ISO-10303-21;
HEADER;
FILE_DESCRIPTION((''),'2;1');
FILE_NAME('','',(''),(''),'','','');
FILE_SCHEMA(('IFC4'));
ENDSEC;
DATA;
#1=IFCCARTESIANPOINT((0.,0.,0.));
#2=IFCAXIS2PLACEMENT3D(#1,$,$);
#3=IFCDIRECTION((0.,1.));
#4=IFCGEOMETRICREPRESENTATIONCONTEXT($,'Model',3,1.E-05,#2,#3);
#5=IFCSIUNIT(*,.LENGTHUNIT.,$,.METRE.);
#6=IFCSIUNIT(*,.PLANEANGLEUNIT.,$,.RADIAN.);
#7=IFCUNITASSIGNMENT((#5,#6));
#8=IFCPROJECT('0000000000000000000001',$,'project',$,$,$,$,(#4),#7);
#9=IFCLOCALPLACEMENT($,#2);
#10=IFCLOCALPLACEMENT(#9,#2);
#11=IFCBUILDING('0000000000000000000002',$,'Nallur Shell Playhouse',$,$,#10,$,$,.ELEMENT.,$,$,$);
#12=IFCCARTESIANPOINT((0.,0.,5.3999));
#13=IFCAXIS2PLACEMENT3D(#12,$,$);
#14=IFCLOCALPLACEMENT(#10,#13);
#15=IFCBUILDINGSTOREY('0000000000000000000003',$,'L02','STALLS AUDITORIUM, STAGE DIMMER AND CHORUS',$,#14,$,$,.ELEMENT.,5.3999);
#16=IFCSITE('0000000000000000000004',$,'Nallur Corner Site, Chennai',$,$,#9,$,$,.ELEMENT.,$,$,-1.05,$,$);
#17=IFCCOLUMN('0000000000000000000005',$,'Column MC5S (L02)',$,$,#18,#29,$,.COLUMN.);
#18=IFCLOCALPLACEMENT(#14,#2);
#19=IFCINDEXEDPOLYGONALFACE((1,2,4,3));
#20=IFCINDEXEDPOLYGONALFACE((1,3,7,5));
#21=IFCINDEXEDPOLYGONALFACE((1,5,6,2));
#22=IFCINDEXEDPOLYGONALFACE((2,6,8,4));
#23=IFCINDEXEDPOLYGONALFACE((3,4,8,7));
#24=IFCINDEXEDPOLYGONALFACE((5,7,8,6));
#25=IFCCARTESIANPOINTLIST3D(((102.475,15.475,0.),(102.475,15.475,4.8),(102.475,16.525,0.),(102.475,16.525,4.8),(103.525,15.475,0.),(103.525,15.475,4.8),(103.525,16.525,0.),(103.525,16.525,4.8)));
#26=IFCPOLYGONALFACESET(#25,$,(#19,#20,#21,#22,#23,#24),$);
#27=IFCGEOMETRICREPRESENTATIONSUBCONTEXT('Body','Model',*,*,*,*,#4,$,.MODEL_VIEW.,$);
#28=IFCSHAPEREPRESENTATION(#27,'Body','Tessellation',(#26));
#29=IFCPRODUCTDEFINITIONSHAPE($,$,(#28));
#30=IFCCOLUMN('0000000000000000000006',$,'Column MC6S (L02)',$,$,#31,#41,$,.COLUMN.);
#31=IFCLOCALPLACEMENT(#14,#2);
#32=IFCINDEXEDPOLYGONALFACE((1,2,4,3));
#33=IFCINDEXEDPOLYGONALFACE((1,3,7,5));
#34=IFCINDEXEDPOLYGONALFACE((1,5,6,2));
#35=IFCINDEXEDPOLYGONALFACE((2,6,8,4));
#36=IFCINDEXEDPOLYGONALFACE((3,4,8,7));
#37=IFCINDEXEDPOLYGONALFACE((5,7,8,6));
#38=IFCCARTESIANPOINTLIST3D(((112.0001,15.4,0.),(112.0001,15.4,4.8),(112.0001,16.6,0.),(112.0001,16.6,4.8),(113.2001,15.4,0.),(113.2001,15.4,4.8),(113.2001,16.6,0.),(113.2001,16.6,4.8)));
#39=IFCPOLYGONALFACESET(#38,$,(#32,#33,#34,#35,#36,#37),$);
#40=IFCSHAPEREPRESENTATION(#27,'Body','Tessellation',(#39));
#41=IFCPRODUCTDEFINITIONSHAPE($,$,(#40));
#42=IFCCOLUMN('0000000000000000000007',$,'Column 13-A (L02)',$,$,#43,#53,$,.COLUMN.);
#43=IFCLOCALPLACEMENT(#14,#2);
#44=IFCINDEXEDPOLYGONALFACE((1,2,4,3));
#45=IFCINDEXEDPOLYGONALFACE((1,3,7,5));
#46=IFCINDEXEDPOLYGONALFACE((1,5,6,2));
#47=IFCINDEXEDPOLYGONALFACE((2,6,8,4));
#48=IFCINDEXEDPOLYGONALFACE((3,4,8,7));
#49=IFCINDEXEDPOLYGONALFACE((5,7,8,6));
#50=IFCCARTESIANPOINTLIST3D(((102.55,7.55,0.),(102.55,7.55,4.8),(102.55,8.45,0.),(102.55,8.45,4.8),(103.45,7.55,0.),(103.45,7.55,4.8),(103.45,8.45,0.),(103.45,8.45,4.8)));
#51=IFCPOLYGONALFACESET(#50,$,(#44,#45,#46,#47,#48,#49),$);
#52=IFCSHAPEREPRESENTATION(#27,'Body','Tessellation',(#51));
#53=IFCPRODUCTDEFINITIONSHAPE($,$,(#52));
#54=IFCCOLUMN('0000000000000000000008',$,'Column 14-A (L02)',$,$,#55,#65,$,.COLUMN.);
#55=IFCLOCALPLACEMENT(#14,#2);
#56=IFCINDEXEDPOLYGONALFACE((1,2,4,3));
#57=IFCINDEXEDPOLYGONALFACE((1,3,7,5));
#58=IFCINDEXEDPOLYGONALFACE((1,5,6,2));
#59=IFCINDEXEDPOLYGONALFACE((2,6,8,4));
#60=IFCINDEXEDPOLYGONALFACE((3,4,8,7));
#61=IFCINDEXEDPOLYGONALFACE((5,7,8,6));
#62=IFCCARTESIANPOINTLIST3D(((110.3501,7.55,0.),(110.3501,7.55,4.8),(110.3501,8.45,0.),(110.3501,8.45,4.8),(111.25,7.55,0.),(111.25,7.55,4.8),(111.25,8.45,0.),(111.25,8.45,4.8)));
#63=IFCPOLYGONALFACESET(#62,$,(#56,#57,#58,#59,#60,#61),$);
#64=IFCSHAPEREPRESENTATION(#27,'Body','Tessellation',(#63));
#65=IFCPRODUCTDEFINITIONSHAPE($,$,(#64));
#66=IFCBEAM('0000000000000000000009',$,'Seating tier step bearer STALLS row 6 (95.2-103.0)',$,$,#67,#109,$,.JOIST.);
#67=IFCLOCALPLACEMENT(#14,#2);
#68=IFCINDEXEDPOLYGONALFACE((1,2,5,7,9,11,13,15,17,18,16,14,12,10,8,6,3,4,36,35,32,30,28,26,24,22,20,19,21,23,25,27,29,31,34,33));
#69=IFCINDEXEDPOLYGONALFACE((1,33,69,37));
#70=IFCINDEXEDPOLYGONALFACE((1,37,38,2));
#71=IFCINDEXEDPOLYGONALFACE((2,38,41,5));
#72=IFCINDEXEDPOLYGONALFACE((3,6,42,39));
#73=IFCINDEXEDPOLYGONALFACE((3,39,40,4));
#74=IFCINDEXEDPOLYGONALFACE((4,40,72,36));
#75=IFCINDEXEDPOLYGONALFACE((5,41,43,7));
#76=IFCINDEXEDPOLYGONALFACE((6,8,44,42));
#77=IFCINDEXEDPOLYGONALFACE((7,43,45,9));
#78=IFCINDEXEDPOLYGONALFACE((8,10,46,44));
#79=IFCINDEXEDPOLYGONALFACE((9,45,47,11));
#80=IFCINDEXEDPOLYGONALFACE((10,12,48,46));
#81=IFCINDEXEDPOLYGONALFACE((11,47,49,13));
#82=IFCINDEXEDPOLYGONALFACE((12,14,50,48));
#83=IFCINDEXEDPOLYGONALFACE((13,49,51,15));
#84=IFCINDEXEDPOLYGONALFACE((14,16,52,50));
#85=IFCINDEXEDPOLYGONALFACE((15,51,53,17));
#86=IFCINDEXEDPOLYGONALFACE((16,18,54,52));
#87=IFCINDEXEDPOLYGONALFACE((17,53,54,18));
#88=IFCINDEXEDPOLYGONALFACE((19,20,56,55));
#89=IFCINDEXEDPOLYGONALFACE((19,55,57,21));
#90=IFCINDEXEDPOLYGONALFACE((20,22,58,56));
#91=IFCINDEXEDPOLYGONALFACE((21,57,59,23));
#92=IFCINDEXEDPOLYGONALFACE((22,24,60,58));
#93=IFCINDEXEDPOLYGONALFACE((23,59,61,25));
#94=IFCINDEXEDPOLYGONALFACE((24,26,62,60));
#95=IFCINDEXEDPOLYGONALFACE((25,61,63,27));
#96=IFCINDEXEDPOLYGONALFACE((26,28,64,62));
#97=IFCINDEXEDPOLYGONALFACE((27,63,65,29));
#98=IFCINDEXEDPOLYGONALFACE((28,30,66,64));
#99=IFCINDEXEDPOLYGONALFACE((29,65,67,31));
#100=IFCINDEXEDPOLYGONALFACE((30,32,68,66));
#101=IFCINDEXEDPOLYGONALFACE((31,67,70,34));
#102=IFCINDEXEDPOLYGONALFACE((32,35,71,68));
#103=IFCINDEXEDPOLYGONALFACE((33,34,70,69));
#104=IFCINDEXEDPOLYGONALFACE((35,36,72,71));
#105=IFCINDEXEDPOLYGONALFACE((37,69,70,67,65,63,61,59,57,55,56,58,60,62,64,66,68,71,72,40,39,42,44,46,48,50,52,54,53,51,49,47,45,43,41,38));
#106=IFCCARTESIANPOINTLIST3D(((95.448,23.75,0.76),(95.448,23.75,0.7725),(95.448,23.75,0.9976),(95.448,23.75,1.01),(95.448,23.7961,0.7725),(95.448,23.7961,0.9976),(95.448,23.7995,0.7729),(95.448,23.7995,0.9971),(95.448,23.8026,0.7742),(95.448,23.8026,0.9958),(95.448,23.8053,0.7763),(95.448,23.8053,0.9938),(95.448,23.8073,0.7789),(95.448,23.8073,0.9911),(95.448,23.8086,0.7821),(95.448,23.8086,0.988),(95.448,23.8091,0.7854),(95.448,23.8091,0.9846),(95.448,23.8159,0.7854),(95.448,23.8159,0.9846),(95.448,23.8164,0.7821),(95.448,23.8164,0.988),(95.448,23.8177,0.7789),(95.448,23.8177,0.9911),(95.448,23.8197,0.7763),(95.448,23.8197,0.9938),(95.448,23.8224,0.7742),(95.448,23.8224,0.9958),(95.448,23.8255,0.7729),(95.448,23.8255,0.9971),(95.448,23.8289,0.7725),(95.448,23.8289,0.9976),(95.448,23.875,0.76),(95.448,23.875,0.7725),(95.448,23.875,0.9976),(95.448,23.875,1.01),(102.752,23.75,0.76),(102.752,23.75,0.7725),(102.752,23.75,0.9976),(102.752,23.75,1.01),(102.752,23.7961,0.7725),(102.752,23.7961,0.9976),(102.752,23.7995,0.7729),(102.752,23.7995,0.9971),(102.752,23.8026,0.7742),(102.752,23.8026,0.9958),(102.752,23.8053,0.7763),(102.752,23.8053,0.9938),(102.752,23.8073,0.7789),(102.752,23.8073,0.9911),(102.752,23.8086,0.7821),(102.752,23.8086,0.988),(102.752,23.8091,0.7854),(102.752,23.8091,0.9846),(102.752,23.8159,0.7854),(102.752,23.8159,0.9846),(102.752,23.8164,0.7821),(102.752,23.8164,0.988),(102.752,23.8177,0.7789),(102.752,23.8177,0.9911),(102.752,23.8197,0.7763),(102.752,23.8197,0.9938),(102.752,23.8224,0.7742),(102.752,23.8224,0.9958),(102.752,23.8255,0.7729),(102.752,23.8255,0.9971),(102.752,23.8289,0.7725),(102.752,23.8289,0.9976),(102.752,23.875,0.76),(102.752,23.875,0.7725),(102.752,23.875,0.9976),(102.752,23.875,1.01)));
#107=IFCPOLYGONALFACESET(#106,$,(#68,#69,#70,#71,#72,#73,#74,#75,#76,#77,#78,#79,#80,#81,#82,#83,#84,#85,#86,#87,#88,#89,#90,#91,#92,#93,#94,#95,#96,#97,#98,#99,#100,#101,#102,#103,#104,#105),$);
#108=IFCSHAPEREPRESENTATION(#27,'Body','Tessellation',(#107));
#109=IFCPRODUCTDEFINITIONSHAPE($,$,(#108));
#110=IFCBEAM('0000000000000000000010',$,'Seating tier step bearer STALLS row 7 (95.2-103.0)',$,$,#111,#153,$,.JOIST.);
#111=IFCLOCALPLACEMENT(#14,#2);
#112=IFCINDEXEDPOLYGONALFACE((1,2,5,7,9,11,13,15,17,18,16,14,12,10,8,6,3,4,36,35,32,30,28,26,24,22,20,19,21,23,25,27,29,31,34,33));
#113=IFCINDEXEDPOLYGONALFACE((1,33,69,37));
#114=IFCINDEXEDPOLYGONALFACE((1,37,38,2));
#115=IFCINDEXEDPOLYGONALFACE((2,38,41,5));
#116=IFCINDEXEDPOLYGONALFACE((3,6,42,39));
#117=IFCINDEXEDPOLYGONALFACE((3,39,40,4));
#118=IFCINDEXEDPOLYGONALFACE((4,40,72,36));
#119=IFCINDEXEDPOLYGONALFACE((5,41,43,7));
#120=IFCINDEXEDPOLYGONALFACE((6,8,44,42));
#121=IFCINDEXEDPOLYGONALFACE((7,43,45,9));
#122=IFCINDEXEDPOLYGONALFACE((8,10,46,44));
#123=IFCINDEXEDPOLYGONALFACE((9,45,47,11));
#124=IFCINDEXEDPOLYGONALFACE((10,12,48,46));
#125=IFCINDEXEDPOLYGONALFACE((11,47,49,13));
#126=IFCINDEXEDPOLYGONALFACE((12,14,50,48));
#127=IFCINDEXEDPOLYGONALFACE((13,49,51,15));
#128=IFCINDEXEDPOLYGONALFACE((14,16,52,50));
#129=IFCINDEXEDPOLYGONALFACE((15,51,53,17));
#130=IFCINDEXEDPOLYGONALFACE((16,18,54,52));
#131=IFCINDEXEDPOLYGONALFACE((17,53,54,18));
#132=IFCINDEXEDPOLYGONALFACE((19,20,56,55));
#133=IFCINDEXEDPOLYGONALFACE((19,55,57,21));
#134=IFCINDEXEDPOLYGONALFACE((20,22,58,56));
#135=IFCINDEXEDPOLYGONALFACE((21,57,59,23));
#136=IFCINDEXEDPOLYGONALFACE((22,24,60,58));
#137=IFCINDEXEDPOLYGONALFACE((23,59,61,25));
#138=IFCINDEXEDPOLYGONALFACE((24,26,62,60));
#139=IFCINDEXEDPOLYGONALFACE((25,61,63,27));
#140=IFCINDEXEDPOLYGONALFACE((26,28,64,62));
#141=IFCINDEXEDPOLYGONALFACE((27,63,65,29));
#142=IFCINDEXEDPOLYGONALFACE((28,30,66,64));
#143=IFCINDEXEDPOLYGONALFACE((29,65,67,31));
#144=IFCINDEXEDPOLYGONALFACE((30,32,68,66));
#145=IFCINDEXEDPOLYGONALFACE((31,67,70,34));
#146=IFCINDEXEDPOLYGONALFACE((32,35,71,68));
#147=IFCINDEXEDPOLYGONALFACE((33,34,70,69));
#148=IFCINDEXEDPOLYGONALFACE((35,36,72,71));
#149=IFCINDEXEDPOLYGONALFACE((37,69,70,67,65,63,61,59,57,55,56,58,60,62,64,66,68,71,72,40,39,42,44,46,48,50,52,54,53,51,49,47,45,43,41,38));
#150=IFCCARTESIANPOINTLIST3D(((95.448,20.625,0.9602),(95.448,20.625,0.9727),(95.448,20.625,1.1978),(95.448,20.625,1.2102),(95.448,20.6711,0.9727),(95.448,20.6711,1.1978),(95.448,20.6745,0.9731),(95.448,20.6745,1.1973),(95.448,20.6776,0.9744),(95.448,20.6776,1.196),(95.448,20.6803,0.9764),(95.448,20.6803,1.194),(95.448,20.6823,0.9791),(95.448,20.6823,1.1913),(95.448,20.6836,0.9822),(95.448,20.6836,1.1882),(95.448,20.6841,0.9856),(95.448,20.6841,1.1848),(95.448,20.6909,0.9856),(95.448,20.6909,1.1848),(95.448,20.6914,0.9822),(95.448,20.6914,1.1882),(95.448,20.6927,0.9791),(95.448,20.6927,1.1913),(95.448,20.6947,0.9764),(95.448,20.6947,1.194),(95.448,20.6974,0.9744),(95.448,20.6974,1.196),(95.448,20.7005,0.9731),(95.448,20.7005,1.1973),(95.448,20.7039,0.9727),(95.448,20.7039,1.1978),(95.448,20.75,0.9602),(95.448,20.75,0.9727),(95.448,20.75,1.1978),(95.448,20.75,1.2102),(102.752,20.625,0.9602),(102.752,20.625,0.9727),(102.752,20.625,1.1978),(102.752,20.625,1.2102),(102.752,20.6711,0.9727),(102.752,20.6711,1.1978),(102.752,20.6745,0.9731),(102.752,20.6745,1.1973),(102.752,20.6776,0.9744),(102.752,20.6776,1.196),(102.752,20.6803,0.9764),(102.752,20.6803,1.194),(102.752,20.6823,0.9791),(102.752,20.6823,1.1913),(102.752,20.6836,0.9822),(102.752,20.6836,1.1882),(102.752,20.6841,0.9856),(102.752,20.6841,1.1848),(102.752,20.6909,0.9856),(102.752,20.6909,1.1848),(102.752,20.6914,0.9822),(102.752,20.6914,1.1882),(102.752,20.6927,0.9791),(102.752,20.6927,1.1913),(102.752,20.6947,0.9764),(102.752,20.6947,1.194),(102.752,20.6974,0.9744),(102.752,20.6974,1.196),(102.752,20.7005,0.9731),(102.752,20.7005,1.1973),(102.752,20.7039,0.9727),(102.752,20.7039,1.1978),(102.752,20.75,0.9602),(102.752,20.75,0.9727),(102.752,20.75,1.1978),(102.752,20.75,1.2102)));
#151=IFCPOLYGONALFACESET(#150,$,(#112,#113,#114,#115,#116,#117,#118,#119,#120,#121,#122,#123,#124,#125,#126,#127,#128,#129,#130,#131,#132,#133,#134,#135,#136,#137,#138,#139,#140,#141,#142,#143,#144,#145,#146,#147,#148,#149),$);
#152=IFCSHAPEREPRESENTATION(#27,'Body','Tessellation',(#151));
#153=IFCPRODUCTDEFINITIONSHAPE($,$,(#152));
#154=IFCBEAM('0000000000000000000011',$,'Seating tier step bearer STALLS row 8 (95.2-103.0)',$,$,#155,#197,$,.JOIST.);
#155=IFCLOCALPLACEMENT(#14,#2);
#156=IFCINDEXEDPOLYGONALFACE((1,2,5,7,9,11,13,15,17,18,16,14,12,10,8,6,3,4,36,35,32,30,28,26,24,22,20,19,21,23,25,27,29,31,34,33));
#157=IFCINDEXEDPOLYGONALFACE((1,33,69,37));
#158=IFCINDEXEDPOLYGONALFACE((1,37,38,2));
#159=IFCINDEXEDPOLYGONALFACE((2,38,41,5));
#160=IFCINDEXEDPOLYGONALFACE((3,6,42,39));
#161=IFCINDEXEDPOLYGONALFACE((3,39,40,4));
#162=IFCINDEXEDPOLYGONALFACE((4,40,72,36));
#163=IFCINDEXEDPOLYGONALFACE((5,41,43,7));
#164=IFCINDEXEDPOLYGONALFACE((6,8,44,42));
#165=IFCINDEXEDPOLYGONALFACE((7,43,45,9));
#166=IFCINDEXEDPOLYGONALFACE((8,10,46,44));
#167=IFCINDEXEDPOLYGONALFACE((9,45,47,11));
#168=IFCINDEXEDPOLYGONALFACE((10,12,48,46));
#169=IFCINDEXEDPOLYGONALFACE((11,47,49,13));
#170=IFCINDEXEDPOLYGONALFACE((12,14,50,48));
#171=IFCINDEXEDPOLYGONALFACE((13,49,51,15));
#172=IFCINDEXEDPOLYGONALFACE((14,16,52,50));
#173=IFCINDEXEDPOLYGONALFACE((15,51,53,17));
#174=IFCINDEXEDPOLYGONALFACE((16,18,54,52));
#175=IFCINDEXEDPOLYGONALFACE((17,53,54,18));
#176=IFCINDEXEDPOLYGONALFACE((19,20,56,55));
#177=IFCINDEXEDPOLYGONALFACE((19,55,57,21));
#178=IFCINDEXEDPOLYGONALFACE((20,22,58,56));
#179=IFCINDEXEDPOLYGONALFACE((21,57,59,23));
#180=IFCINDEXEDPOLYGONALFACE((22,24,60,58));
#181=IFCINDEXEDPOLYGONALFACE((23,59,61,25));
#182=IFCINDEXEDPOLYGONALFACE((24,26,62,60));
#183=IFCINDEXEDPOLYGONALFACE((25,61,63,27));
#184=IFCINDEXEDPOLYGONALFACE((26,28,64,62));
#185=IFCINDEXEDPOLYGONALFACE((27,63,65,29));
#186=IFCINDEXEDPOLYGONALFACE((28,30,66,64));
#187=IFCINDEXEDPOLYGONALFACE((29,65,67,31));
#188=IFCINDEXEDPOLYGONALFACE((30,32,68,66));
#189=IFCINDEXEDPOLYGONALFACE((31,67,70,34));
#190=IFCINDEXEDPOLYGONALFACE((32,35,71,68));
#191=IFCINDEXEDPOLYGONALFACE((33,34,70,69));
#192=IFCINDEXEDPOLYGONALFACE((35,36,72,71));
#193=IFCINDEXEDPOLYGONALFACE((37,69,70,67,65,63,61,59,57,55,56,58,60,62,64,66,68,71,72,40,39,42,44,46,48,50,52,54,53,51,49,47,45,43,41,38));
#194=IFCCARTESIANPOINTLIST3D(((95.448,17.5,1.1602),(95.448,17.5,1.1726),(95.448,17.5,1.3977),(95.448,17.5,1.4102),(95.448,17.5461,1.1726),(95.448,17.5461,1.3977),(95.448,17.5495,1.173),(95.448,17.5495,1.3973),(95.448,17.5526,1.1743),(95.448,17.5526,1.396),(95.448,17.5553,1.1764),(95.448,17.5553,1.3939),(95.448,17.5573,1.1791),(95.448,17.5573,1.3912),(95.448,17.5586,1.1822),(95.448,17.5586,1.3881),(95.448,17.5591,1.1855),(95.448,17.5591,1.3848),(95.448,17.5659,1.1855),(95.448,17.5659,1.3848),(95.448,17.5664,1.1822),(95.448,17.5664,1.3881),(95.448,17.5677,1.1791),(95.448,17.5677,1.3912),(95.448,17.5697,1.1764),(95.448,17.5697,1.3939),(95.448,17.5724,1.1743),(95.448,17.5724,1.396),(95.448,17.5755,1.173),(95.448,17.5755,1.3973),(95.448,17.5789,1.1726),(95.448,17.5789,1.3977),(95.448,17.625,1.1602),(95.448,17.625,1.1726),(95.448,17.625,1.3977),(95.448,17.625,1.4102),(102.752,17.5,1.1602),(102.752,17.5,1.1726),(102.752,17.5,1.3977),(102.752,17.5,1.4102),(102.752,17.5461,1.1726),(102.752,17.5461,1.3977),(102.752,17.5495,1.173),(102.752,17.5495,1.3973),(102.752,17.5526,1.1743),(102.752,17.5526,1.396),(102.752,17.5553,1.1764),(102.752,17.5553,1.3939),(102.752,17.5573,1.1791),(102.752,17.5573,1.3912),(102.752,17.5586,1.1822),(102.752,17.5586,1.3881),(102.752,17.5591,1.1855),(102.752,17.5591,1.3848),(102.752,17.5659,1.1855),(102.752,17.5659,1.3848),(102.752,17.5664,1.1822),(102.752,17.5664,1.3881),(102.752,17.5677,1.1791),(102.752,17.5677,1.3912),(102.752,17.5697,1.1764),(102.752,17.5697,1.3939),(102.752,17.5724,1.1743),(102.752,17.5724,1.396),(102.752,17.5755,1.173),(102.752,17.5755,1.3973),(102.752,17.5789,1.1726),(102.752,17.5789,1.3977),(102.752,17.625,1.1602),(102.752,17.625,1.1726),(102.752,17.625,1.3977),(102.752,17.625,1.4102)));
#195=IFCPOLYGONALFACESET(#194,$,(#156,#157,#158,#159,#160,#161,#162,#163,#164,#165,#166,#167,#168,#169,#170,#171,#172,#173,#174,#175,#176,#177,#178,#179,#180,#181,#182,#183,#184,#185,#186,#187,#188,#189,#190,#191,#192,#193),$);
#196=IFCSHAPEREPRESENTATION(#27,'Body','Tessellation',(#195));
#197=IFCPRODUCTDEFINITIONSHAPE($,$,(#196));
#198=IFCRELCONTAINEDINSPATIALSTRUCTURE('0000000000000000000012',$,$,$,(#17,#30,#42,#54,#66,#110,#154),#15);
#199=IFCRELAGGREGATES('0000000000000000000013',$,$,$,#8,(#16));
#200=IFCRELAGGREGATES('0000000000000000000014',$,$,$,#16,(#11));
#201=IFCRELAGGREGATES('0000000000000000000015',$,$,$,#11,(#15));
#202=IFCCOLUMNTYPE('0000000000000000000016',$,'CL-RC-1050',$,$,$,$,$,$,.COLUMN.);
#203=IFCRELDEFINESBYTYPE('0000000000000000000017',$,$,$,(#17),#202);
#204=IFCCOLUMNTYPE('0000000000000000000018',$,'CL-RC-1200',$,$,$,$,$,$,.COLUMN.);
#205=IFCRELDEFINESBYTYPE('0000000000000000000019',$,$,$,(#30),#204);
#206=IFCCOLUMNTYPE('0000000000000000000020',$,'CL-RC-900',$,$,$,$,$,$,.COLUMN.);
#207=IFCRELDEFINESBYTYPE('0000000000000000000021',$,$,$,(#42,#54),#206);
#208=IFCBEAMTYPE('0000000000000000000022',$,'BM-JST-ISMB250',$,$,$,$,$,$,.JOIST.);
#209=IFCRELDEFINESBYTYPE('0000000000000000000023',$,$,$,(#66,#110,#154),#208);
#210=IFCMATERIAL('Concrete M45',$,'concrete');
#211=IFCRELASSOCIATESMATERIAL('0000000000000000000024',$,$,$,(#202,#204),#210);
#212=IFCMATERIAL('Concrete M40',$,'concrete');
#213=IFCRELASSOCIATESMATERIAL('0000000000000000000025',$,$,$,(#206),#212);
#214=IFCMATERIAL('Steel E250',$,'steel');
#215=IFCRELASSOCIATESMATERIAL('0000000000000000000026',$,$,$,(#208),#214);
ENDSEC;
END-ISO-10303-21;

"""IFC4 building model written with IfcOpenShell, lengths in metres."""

from ifc_helpers import new_model, si_unit, direction, frame, origin, origin_2d, place, context, subcontext, project, spatial, rectangle, i_section, extrude, material, material_profile, profile_set, type_object, element, save


model = new_model("IFC4")

# Units and contexts
model_context = context("Model", 3, precision=1e-05, world=origin(), true_north=direction((0.0, 1.0)))
body_context = subcontext(model_context, "Body", "Model", "MODEL_VIEW")
ifc_project = project(units=[si_unit("LENGTHUNIT", "METRE"), si_unit("PLANEANGLEUNIT", "RADIAN")], contexts=[model_context])

# Site, building, storey
site_placement = place(None, origin())
site = spatial("IfcSite", under=ifc_project, at=site_placement, Name="Nallur Corner Site, Chennai", CompositionType="ELEMENT", RefElevation=-1.05)
building_placement = place(site_placement, origin())
building = spatial("IfcBuilding", under=site, at=building_placement, Name="Nallur Shell Playhouse", CompositionType="ELEMENT")
storey_placement = place(building_placement, frame((0.0, 0.0, 5.3999)))
storey = spatial("IfcBuildingStorey", under=building, at=storey_placement, Name="L02", Description="STALLS AUDITORIUM, STAGE DIMMER AND CHORUS", CompositionType="ELEMENT", Elevation=5.3999)

# Columns
ifc_material_1 = material(Name="Concrete M45", Category="concrete")
ifc_material_profile_1 = material_profile(ifc_material_1, rectangle(XDim=1.05, YDim=1.05, at=origin_2d()), Name="RC 1050x1050")
ifc_profile_set_1 = profile_set([ifc_material_profile_1], Name="Concrete M45")
column_type_1 = type_object("IfcColumnType", Name="CL-RC-1050", PredefinedType="COLUMN", material=ifc_profile_set_1)
column_1_placement = place(storey_placement, frame((103.0, 16.0, 0.0), z_axis=(0.0, 0.0, 1.0), x_axis=(1.0, 0.0, 0.0)))
element("IfcColumn", 1, at=column_1_placement, inside=storey, type_object=column_type_1, Name="Column MC5S (L02)", PredefinedType="COLUMN", context=body_context, shape_type="SweptSolid", body=[
    extrude(rectangle(XDim=1.05, YDim=1.05, at=origin_2d()), origin(), (0.0, 0.0, 1.0), 4.8),
])
ifc_material_profile_2 = material_profile(ifc_material_1, rectangle(XDim=1.2, YDim=1.2, at=origin_2d()), Name="RC 1200x1200")
ifc_profile_set_2 = profile_set([ifc_material_profile_2], Name="Concrete M45")
column_type_2 = type_object("IfcColumnType", Name="CL-RC-1200", PredefinedType="COLUMN", material=ifc_profile_set_2)
column_2_placement = place(storey_placement, frame((112.6001, 16.0, 0.0), z_axis=(0.0, 0.0, 1.0), x_axis=(1.0, 0.0, 0.0)))
element("IfcColumn", 2, at=column_2_placement, inside=storey, type_object=column_type_2, Name="Column MC6S (L02)", PredefinedType="COLUMN", context=body_context, shape_type="SweptSolid", body=[
    extrude(rectangle(XDim=1.2, YDim=1.2, at=origin_2d()), origin(), (0.0, 0.0, 1.0), 4.8),
])
ifc_material_2 = material(Name="Concrete M40", Category="concrete")
ifc_material_profile_3 = material_profile(ifc_material_2, rectangle(XDim=0.8999, YDim=0.8999, at=origin_2d()), Name="RC 900x900")
ifc_profile_set_3 = profile_set([ifc_material_profile_3], Name="Concrete M40")
column_type_3 = type_object("IfcColumnType", Name="CL-RC-900", PredefinedType="COLUMN", material=ifc_profile_set_3)
for number, where, z_axis, x_axis, name in (
    (3, (103.0, 8.0, 0.0), (0.0, 0.0, 1.0), (1.0, 0.0, 0.0), "Column 13-A (L02)"),
    (4, (110.8, 8.0, 0.0), (0.0, 0.0, 1.0), (1.0, 0.0, 0.0), "Column 14-A (L02)"),
):
    element("IfcColumn", number, at=place(storey_placement, frame(where, z_axis=z_axis, x_axis=x_axis)), inside=storey, type_object=column_type_3, Name=name, PredefinedType="COLUMN", context=body_context, shape_type="SweptSolid", body=[
        extrude(rectangle(XDim=0.8999, YDim=0.8999, at=origin_2d()), origin(), (0.0, 0.0, 1.0), 4.8),
    ])

# Beams
ifc_material_3 = material(Name="Steel E250", Category="steel")
ifc_material_profile_4 = material_profile(ifc_material_3, i_section(OverallWidth=0.125, OverallDepth=0.25, WebThickness=0.0068, FlangeThickness=0.0125, FilletRadius=0.0129, at=origin_2d()), Name="ISMB 250")
ifc_profile_set_4 = profile_set([ifc_material_profile_4], Name="Steel E250")
beam_type_1 = type_object("IfcBeamType", Name="BM-JST-ISMB250", PredefinedType="JOIST", material=ifc_profile_set_4)
for number, where, z_axis, x_axis, name in (
    (5, (95.448, 23.8125, 0.885), (1.0, 0.0, 0.0), (0.0, 1.0, 0.0), "Seating tier step bearer STALLS row 6 (95.2-103.0)"),
    (6, (95.448, 20.6875, 1.0852), (1.0, 0.0, 0.0), (0.0, 1.0, 0.0), "Seating tier step bearer STALLS row 7 (95.2-103.0)"),
    (7, (95.448, 17.5625, 1.2852), (1.0, 0.0, 0.0), (0.0, 1.0, 0.0), "Seating tier step bearer STALLS row 8 (95.2-103.0)"),
):
    element("IfcBeam", number, at=place(storey_placement, frame(where, z_axis=z_axis, x_axis=x_axis)), inside=storey, type_object=beam_type_1, Name=name, PredefinedType="JOIST", context=body_context, shape_type="SweptSolid", body=[
        extrude(i_section(OverallWidth=0.125, OverallDepth=0.25, WebThickness=0.0068, FlangeThickness=0.0125, FilletRadius=0.0129, at=origin_2d()), origin(), (0.0, 0.0, 1.0), 7.304),
    ])

save(model, "model.ifc")
